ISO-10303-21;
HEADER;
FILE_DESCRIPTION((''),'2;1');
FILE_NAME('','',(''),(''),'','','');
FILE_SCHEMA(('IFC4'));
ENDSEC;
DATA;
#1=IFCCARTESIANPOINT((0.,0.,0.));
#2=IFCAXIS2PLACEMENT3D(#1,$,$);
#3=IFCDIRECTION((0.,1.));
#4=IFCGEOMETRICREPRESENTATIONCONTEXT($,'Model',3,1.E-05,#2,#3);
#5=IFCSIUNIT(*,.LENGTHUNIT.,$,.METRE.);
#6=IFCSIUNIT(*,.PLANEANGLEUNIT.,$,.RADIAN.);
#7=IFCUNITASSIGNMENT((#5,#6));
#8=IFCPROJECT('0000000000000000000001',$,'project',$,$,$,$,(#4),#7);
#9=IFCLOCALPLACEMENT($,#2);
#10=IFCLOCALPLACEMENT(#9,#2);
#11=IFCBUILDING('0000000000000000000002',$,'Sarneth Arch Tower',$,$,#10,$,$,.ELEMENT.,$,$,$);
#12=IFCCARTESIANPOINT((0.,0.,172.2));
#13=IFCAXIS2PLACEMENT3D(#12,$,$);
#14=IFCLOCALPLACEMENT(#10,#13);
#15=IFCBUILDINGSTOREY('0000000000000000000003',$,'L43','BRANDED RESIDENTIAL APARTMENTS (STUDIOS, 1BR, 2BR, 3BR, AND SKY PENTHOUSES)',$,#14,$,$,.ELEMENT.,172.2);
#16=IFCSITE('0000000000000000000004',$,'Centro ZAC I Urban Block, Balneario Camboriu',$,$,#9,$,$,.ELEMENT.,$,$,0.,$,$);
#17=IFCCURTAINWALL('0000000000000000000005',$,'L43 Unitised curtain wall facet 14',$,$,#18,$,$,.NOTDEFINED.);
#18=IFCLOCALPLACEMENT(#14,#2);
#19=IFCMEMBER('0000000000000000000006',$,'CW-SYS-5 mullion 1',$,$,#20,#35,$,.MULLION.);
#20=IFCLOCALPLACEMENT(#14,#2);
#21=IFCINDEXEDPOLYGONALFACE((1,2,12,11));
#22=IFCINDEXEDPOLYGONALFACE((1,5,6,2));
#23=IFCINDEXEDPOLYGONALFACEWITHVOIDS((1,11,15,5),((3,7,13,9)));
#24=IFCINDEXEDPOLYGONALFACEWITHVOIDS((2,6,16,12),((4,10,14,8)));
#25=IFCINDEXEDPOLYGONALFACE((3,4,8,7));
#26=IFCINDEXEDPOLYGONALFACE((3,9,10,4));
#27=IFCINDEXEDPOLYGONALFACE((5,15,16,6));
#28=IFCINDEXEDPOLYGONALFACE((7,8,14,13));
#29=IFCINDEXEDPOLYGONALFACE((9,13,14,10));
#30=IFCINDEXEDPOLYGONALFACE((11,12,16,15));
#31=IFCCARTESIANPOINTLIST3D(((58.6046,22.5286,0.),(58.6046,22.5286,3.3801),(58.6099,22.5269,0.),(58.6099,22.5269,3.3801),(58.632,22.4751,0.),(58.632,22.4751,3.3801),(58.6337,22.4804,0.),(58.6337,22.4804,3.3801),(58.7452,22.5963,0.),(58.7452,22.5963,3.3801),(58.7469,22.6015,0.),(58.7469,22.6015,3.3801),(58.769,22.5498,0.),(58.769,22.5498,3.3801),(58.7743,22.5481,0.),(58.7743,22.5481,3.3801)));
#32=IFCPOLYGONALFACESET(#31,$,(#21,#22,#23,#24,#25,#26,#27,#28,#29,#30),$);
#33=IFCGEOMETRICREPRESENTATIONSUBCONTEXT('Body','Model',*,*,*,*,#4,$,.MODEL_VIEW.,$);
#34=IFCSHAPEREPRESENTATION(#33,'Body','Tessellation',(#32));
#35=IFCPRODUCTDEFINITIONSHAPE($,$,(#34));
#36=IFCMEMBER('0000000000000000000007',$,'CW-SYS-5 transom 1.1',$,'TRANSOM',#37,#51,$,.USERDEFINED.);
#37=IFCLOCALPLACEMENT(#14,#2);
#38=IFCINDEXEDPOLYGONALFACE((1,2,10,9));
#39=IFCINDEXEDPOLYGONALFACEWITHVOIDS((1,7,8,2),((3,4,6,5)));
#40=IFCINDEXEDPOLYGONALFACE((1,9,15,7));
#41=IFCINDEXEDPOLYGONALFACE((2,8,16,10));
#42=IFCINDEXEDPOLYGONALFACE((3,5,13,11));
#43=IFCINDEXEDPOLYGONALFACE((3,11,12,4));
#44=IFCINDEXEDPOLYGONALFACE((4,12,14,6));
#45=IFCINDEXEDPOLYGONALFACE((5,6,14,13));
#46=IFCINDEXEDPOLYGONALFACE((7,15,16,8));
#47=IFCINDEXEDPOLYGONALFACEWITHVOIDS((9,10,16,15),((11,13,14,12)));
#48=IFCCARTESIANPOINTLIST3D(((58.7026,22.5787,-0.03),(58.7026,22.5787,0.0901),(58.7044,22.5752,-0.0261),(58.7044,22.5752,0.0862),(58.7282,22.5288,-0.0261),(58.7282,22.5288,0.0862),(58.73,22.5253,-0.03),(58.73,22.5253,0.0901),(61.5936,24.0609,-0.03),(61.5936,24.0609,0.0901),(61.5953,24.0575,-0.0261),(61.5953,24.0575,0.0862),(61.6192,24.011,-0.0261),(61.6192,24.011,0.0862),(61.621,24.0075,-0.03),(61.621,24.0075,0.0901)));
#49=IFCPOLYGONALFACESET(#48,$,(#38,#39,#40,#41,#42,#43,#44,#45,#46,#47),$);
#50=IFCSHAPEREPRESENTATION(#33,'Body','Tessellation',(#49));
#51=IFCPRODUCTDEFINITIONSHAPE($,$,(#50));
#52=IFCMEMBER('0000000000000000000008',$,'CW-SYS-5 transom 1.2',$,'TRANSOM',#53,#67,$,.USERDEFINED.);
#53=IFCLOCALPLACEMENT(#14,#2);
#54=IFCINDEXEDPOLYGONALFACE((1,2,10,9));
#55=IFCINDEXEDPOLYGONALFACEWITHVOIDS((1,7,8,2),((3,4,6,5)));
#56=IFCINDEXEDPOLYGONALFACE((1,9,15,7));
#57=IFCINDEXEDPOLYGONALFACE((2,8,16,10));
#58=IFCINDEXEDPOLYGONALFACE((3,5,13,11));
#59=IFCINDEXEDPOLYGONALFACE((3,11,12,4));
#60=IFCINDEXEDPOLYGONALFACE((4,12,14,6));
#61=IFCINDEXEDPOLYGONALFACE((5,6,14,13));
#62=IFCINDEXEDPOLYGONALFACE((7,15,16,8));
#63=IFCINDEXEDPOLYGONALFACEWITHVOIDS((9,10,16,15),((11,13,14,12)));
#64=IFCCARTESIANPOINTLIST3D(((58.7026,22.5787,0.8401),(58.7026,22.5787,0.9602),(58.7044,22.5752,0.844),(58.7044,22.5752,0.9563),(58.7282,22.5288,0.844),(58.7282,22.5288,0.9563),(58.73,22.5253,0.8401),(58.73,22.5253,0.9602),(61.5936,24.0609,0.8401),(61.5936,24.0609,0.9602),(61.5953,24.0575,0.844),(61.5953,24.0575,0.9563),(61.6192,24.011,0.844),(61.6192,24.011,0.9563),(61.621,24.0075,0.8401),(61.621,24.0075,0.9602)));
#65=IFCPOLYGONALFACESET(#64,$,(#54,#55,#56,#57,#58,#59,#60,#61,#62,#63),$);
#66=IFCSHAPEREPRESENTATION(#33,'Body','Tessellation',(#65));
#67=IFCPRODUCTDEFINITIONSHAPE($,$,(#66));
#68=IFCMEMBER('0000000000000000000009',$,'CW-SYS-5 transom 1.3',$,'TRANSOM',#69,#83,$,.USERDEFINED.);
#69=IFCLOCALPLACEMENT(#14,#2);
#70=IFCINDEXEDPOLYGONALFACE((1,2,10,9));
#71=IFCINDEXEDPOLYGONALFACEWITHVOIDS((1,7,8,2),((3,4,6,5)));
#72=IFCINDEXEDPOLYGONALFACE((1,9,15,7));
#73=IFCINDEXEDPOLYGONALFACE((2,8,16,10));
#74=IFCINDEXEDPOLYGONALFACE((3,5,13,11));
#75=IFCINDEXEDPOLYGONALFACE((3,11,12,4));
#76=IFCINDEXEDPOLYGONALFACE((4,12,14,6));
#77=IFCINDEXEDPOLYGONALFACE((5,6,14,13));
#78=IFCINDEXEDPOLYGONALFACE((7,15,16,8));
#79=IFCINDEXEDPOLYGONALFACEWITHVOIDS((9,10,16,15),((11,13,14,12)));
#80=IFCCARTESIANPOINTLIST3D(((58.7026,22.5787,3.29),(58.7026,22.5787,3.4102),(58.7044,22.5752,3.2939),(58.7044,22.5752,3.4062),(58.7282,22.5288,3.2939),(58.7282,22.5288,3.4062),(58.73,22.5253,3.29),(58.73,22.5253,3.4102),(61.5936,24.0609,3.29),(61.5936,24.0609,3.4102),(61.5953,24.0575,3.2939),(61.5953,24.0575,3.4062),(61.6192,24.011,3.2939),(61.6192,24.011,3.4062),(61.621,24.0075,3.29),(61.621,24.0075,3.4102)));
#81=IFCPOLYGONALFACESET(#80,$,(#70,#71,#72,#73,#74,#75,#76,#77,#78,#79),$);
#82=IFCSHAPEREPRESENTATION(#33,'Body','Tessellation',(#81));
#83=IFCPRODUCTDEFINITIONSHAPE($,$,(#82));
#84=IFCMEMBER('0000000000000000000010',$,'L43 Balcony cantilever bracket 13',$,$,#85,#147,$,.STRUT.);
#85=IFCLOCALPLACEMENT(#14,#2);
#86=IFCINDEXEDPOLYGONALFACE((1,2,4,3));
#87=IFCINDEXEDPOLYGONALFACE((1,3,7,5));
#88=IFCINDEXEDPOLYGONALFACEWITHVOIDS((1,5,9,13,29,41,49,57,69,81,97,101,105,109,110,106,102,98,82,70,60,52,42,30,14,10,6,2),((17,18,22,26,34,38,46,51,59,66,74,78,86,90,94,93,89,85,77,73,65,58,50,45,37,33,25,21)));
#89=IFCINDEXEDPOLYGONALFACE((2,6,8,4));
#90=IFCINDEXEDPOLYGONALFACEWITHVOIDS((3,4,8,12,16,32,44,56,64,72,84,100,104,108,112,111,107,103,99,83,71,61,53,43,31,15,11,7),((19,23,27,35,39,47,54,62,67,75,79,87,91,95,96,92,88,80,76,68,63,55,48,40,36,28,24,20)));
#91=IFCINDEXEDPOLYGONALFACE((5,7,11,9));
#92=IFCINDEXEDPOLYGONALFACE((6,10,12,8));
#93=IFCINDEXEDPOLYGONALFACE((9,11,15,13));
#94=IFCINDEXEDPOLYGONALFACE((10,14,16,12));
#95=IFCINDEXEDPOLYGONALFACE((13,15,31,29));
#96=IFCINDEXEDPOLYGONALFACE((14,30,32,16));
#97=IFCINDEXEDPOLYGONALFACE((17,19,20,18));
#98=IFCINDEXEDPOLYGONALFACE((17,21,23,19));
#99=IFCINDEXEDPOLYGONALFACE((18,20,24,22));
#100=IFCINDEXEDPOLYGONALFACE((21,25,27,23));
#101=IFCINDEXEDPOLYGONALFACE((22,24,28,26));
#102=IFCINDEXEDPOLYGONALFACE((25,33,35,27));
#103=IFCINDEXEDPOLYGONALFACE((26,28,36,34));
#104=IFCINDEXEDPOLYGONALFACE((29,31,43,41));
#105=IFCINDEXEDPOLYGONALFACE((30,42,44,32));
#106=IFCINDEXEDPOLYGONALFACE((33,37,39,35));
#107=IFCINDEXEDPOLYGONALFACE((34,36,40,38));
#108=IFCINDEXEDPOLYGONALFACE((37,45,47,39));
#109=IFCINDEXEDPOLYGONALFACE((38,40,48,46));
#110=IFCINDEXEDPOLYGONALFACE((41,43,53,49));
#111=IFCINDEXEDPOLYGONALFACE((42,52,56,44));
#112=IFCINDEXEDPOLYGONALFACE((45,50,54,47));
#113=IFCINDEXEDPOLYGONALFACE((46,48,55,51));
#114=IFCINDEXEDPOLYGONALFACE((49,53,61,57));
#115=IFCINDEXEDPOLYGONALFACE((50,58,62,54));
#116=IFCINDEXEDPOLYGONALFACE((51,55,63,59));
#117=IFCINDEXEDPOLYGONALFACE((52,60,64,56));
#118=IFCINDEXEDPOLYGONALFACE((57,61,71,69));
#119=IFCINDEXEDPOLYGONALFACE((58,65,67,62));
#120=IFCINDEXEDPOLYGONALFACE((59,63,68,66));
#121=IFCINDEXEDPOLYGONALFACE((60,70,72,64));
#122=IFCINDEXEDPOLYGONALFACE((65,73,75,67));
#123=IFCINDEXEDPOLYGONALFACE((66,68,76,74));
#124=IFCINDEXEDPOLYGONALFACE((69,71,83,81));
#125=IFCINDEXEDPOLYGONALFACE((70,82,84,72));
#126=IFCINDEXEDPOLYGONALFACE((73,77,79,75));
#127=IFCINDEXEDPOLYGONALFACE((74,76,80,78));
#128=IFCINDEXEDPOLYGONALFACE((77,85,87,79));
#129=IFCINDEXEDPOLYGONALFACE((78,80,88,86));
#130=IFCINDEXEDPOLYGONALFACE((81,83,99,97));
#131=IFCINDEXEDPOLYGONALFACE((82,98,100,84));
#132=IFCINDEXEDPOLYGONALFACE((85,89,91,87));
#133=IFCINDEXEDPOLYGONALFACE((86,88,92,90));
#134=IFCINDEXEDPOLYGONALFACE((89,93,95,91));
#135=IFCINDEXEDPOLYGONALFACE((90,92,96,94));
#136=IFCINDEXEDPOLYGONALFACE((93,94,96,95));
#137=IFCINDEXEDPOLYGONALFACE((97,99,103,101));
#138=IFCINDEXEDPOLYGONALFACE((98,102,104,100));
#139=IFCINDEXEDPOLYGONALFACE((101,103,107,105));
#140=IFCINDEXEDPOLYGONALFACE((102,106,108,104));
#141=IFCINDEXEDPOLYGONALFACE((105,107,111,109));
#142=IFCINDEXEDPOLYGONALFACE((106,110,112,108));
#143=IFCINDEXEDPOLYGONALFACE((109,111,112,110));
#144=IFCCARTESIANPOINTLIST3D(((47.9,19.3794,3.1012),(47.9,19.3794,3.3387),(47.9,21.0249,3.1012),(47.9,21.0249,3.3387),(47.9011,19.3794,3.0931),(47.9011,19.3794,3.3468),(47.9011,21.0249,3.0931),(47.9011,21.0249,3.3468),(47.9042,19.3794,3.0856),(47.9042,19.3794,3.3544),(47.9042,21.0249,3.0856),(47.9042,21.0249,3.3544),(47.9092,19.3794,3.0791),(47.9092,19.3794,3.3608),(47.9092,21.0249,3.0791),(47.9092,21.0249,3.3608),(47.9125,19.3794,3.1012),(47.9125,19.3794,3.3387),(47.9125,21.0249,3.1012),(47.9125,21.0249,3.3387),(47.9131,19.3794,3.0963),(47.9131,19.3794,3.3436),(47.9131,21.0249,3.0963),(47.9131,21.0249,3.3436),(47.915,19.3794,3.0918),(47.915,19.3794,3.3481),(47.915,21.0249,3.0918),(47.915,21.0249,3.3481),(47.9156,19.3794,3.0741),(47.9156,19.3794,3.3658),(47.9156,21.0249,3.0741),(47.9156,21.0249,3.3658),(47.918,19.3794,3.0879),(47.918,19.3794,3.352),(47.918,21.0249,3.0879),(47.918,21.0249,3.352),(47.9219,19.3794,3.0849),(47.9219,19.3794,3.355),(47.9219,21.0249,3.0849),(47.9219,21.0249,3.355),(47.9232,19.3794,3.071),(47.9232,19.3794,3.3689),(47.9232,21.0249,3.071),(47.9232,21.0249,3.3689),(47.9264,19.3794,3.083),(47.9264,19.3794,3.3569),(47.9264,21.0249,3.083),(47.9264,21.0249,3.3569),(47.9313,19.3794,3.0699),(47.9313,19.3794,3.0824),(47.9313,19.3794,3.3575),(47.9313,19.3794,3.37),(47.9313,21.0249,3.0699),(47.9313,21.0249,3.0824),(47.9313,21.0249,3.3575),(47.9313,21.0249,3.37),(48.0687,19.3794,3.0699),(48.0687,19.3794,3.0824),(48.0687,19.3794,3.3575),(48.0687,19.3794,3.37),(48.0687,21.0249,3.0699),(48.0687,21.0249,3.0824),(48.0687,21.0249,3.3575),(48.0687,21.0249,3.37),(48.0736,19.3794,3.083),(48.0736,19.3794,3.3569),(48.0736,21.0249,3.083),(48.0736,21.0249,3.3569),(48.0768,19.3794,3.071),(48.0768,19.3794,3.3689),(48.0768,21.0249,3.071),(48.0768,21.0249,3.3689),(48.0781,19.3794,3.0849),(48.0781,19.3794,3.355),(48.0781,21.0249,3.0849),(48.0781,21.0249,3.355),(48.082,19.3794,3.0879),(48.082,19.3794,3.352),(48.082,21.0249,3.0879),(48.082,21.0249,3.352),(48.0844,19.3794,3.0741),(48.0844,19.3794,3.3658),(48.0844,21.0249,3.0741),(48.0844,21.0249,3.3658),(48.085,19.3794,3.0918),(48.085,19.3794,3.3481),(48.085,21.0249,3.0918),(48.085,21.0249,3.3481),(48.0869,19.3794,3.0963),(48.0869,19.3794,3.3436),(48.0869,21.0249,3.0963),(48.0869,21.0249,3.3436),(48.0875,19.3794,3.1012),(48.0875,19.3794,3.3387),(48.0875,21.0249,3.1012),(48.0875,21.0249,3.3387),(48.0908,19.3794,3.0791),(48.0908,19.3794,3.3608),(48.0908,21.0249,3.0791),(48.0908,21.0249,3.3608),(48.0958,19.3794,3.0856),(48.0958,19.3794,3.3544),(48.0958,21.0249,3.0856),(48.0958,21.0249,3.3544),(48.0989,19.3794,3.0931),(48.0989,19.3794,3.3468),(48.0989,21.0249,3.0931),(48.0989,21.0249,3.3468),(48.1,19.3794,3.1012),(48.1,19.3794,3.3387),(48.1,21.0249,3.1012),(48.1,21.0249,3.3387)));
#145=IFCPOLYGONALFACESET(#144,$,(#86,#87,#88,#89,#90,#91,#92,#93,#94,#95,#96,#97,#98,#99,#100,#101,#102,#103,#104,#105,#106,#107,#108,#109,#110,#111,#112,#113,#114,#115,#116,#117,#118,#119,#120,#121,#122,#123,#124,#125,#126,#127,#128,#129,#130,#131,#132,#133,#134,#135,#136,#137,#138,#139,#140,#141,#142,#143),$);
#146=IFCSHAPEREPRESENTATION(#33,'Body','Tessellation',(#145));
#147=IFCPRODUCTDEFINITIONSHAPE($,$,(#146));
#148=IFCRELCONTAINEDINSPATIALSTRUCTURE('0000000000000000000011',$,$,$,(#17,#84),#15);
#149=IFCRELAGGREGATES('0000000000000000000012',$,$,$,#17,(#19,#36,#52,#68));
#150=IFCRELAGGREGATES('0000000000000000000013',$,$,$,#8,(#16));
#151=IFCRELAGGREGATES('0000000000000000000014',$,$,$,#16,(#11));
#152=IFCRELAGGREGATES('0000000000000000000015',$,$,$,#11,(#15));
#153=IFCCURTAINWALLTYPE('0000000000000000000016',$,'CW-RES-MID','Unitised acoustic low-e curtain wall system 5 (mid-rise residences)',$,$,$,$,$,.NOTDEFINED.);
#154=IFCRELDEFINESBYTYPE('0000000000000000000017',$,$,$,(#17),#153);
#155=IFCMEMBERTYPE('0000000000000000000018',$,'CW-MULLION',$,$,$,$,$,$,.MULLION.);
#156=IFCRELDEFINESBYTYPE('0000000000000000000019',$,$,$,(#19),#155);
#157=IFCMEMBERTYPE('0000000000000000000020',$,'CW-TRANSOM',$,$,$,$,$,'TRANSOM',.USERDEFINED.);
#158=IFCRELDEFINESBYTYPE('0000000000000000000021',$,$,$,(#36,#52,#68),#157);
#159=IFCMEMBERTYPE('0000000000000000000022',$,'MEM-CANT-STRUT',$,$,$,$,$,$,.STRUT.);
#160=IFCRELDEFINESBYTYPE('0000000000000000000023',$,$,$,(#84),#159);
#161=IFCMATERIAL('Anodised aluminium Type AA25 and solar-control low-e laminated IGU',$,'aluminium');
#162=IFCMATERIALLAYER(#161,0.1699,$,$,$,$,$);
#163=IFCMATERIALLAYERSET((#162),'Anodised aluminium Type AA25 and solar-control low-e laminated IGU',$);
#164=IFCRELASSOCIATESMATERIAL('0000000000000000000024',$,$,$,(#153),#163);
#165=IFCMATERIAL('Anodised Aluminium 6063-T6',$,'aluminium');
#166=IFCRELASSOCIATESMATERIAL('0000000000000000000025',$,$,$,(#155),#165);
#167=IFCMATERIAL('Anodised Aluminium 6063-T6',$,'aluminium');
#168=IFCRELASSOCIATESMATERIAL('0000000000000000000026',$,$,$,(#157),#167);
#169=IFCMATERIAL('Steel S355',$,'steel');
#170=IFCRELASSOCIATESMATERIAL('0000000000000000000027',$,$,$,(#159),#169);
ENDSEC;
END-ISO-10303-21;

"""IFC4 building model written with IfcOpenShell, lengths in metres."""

from ifc_helpers import new_model, si_unit, direction, frame, origin, origin_2d, place, context, subcontext, project, spatial, hollow_rectangle, extrude, material, layer, layer_set, material_profile, profile_set, type_object, element, aggregate, save


model = new_model("IFC4")

# Units and contexts
model_context = context("Model", 3, precision=1e-05, world=origin(), true_north=direction((0.0, 1.0)))
body_context = subcontext(model_context, "Body", "Model", "MODEL_VIEW")
ifc_project = project(units=[si_unit("LENGTHUNIT", "METRE"), si_unit("PLANEANGLEUNIT", "RADIAN")], contexts=[model_context])

# Site, building, storey
site_placement = place(None, origin())
site = spatial("IfcSite", under=ifc_project, at=site_placement, Name="Centro ZAC I Urban Block, Balneario Camboriu", CompositionType="ELEMENT", RefElevation=0.0)
building_placement = place(site_placement, origin())
building = spatial("IfcBuilding", under=site, at=building_placement, Name="Sarneth Arch Tower", CompositionType="ELEMENT")
storey_placement = place(building_placement, frame((0.0, 0.0, 172.2)))
storey = spatial("IfcBuildingStorey", under=building, at=storey_placement, Name="L43", Description="BRANDED RESIDENTIAL APARTMENTS (STUDIOS, 1BR, 2BR, 3BR, AND SKY PENTHOUSES)", CompositionType="ELEMENT", Elevation=172.2)

# Curtain wall, members
ifc_material_1 = material(Name="Anodised aluminium Type AA25 and solar-control low-e laminated IGU", Category="aluminium")
ifc_layer_1 = layer(ifc_material_1, 0.1699)
ifc_layer_set_1 = layer_set([ifc_layer_1], Name="Anodised aluminium Type AA25 and solar-control low-e laminated IGU")
curtain_wall_type = type_object("IfcCurtainWallType", Name="CW-RES-MID", Description="Unitised acoustic low-e curtain wall system 5 (mid-rise residences)", PredefinedType="NOTDEFINED", material=ifc_layer_set_1)
curtain_wall_placement = place(storey_placement, origin())
curtain_wall = element("IfcCurtainWall", 1, at=curtain_wall_placement, inside=storey, type_object=curtain_wall_type, Name="L43 Unitised curtain wall facet 14", PredefinedType="NOTDEFINED")
ifc_material_2 = material(Name="Anodised Aluminium 6063-T6", Category="aluminium")
ifc_material_profile_1 = material_profile(ifc_material_2, hollow_rectangle(XDim=0.0601, YDim=0.1599, WallThickness=0.0039, at=origin_2d()), Name="AL-MULL-160x60x4")
ifc_profile_set_1 = profile_set([ifc_material_profile_1], Name="Anodised Aluminium 6063-T6")
member_type_1 = type_object("IfcMemberType", Name="CW-MULLION", PredefinedType="MULLION", material=ifc_profile_set_1)
member_1_placement = place(storey_placement, frame((58.6895, 22.5383, 0.0), z_axis=(0.0, 0.0, 1.0), x_axis=(-0.456208, 0.889873, 0.0)))
member_1 = element("IfcMember", 2, at=member_1_placement, type_object=member_type_1, Name="CW-SYS-5 mullion 1", PredefinedType="MULLION", context=body_context, shape_type="SweptSolid", body=[
    extrude(hollow_rectangle(XDim=0.0601, YDim=0.1599, WallThickness=0.0039, at=origin_2d()), origin(), (0.0, 0.0, 1.0), 3.3801),
])
ifc_material_3 = material(Name="Anodised Aluminium 6063-T6", Category="aluminium")
ifc_material_profile_2 = material_profile(ifc_material_3, hollow_rectangle(XDim=0.0601, YDim=0.1201, WallThickness=0.0039, at=origin_2d()), Name="AL-TRAN-120x60x4")
ifc_profile_set_2 = profile_set([ifc_material_profile_2], Name="Anodised Aluminium 6063-T6")
member_type_2 = type_object("IfcMemberType", Name="CW-TRANSOM", ElementType="TRANSOM", PredefinedType="USERDEFINED", material=ifc_profile_set_2)
member_2_placement = place(storey_placement, frame((58.7163, 22.552, 0.03), z_axis=(0.889857, 0.456239, 0.0), x_axis=(-0.456239, 0.889857, 0.0)))
member_2 = element("IfcMember", 3, at=member_2_placement, type_object=member_type_2, Name="CW-SYS-5 transom 1.1", ObjectType="TRANSOM", PredefinedType="USERDEFINED", context=body_context, shape_type="SweptSolid", body=[
    extrude(hollow_rectangle(XDim=0.0601, YDim=0.1201, WallThickness=0.0039, at=origin_2d()), origin(), (0.0, 0.0, 1.0), 3.2488),
])
member_3_placement = place(storey_placement, frame((58.7163, 22.552, 0.9001), z_axis=(0.889857, 0.456239, 0.0), x_axis=(-0.456239, 0.889857, 0.0)))
member_3 = element("IfcMember", 4, at=member_3_placement, type_object=member_type_2, Name="CW-SYS-5 transom 1.2", ObjectType="TRANSOM", PredefinedType="USERDEFINED", context=body_context, shape_type="SweptSolid", body=[
    extrude(hollow_rectangle(XDim=0.0601, YDim=0.1201, WallThickness=0.0039, at=origin_2d()), origin(), (0.0, 0.0, 1.0), 3.2488),
])
member_4_placement = place(storey_placement, frame((58.7163, 22.552, 3.3501), z_axis=(0.889857, 0.456239, 0.0), x_axis=(-0.456239, 0.889857, 0.0)))
member_4 = element("IfcMember", 5, at=member_4_placement, type_object=member_type_2, Name="CW-SYS-5 transom 1.3", ObjectType="TRANSOM", PredefinedType="USERDEFINED", context=body_context, shape_type="SweptSolid", body=[
    extrude(hollow_rectangle(XDim=0.0601, YDim=0.1201, WallThickness=0.0039, at=origin_2d()), origin(), (0.0, 0.0, 1.0), 3.2488),
])
aggregate(curtain_wall, [member_1, member_2, member_3, member_4])

# Member
ifc_material_4 = material(Name="Steel S355", Category="steel")
ifc_material_profile_3 = material_profile(ifc_material_4, hollow_rectangle(XDim=0.2, YDim=0.3, WallThickness=0.0125, InnerFilletRadius=0.0188, OuterFilletRadius=0.0312, at=origin_2d()), Name="RHS300x200x12.5")
ifc_profile_set_3 = profile_set([ifc_material_profile_3], Name="Steel S355")
member_type_3 = type_object("IfcMemberType", Name="MEM-CANT-STRUT", PredefinedType="STRUT", material=ifc_profile_set_3)
member_5_placement = place(storey_placement, frame((48.0, 21.0249, 3.22), z_axis=(0.0, -1.0, 0.0), x_axis=(1.0, 0.0, 0.0)))
element("IfcMember", 6, at=member_5_placement, inside=storey, type_object=member_type_3, Name="L43 Balcony cantilever bracket 13", PredefinedType="STRUT", context=body_context, shape_type="SweptSolid", body=[
    extrude(hollow_rectangle(XDim=0.2, YDim=0.3, WallThickness=0.0125, InnerFilletRadius=0.0188, OuterFilletRadius=0.0312, at=origin_2d()), origin(), (0.0, 0.0, 1.0), 1.6455),
])

save(model, "model.ifc")
